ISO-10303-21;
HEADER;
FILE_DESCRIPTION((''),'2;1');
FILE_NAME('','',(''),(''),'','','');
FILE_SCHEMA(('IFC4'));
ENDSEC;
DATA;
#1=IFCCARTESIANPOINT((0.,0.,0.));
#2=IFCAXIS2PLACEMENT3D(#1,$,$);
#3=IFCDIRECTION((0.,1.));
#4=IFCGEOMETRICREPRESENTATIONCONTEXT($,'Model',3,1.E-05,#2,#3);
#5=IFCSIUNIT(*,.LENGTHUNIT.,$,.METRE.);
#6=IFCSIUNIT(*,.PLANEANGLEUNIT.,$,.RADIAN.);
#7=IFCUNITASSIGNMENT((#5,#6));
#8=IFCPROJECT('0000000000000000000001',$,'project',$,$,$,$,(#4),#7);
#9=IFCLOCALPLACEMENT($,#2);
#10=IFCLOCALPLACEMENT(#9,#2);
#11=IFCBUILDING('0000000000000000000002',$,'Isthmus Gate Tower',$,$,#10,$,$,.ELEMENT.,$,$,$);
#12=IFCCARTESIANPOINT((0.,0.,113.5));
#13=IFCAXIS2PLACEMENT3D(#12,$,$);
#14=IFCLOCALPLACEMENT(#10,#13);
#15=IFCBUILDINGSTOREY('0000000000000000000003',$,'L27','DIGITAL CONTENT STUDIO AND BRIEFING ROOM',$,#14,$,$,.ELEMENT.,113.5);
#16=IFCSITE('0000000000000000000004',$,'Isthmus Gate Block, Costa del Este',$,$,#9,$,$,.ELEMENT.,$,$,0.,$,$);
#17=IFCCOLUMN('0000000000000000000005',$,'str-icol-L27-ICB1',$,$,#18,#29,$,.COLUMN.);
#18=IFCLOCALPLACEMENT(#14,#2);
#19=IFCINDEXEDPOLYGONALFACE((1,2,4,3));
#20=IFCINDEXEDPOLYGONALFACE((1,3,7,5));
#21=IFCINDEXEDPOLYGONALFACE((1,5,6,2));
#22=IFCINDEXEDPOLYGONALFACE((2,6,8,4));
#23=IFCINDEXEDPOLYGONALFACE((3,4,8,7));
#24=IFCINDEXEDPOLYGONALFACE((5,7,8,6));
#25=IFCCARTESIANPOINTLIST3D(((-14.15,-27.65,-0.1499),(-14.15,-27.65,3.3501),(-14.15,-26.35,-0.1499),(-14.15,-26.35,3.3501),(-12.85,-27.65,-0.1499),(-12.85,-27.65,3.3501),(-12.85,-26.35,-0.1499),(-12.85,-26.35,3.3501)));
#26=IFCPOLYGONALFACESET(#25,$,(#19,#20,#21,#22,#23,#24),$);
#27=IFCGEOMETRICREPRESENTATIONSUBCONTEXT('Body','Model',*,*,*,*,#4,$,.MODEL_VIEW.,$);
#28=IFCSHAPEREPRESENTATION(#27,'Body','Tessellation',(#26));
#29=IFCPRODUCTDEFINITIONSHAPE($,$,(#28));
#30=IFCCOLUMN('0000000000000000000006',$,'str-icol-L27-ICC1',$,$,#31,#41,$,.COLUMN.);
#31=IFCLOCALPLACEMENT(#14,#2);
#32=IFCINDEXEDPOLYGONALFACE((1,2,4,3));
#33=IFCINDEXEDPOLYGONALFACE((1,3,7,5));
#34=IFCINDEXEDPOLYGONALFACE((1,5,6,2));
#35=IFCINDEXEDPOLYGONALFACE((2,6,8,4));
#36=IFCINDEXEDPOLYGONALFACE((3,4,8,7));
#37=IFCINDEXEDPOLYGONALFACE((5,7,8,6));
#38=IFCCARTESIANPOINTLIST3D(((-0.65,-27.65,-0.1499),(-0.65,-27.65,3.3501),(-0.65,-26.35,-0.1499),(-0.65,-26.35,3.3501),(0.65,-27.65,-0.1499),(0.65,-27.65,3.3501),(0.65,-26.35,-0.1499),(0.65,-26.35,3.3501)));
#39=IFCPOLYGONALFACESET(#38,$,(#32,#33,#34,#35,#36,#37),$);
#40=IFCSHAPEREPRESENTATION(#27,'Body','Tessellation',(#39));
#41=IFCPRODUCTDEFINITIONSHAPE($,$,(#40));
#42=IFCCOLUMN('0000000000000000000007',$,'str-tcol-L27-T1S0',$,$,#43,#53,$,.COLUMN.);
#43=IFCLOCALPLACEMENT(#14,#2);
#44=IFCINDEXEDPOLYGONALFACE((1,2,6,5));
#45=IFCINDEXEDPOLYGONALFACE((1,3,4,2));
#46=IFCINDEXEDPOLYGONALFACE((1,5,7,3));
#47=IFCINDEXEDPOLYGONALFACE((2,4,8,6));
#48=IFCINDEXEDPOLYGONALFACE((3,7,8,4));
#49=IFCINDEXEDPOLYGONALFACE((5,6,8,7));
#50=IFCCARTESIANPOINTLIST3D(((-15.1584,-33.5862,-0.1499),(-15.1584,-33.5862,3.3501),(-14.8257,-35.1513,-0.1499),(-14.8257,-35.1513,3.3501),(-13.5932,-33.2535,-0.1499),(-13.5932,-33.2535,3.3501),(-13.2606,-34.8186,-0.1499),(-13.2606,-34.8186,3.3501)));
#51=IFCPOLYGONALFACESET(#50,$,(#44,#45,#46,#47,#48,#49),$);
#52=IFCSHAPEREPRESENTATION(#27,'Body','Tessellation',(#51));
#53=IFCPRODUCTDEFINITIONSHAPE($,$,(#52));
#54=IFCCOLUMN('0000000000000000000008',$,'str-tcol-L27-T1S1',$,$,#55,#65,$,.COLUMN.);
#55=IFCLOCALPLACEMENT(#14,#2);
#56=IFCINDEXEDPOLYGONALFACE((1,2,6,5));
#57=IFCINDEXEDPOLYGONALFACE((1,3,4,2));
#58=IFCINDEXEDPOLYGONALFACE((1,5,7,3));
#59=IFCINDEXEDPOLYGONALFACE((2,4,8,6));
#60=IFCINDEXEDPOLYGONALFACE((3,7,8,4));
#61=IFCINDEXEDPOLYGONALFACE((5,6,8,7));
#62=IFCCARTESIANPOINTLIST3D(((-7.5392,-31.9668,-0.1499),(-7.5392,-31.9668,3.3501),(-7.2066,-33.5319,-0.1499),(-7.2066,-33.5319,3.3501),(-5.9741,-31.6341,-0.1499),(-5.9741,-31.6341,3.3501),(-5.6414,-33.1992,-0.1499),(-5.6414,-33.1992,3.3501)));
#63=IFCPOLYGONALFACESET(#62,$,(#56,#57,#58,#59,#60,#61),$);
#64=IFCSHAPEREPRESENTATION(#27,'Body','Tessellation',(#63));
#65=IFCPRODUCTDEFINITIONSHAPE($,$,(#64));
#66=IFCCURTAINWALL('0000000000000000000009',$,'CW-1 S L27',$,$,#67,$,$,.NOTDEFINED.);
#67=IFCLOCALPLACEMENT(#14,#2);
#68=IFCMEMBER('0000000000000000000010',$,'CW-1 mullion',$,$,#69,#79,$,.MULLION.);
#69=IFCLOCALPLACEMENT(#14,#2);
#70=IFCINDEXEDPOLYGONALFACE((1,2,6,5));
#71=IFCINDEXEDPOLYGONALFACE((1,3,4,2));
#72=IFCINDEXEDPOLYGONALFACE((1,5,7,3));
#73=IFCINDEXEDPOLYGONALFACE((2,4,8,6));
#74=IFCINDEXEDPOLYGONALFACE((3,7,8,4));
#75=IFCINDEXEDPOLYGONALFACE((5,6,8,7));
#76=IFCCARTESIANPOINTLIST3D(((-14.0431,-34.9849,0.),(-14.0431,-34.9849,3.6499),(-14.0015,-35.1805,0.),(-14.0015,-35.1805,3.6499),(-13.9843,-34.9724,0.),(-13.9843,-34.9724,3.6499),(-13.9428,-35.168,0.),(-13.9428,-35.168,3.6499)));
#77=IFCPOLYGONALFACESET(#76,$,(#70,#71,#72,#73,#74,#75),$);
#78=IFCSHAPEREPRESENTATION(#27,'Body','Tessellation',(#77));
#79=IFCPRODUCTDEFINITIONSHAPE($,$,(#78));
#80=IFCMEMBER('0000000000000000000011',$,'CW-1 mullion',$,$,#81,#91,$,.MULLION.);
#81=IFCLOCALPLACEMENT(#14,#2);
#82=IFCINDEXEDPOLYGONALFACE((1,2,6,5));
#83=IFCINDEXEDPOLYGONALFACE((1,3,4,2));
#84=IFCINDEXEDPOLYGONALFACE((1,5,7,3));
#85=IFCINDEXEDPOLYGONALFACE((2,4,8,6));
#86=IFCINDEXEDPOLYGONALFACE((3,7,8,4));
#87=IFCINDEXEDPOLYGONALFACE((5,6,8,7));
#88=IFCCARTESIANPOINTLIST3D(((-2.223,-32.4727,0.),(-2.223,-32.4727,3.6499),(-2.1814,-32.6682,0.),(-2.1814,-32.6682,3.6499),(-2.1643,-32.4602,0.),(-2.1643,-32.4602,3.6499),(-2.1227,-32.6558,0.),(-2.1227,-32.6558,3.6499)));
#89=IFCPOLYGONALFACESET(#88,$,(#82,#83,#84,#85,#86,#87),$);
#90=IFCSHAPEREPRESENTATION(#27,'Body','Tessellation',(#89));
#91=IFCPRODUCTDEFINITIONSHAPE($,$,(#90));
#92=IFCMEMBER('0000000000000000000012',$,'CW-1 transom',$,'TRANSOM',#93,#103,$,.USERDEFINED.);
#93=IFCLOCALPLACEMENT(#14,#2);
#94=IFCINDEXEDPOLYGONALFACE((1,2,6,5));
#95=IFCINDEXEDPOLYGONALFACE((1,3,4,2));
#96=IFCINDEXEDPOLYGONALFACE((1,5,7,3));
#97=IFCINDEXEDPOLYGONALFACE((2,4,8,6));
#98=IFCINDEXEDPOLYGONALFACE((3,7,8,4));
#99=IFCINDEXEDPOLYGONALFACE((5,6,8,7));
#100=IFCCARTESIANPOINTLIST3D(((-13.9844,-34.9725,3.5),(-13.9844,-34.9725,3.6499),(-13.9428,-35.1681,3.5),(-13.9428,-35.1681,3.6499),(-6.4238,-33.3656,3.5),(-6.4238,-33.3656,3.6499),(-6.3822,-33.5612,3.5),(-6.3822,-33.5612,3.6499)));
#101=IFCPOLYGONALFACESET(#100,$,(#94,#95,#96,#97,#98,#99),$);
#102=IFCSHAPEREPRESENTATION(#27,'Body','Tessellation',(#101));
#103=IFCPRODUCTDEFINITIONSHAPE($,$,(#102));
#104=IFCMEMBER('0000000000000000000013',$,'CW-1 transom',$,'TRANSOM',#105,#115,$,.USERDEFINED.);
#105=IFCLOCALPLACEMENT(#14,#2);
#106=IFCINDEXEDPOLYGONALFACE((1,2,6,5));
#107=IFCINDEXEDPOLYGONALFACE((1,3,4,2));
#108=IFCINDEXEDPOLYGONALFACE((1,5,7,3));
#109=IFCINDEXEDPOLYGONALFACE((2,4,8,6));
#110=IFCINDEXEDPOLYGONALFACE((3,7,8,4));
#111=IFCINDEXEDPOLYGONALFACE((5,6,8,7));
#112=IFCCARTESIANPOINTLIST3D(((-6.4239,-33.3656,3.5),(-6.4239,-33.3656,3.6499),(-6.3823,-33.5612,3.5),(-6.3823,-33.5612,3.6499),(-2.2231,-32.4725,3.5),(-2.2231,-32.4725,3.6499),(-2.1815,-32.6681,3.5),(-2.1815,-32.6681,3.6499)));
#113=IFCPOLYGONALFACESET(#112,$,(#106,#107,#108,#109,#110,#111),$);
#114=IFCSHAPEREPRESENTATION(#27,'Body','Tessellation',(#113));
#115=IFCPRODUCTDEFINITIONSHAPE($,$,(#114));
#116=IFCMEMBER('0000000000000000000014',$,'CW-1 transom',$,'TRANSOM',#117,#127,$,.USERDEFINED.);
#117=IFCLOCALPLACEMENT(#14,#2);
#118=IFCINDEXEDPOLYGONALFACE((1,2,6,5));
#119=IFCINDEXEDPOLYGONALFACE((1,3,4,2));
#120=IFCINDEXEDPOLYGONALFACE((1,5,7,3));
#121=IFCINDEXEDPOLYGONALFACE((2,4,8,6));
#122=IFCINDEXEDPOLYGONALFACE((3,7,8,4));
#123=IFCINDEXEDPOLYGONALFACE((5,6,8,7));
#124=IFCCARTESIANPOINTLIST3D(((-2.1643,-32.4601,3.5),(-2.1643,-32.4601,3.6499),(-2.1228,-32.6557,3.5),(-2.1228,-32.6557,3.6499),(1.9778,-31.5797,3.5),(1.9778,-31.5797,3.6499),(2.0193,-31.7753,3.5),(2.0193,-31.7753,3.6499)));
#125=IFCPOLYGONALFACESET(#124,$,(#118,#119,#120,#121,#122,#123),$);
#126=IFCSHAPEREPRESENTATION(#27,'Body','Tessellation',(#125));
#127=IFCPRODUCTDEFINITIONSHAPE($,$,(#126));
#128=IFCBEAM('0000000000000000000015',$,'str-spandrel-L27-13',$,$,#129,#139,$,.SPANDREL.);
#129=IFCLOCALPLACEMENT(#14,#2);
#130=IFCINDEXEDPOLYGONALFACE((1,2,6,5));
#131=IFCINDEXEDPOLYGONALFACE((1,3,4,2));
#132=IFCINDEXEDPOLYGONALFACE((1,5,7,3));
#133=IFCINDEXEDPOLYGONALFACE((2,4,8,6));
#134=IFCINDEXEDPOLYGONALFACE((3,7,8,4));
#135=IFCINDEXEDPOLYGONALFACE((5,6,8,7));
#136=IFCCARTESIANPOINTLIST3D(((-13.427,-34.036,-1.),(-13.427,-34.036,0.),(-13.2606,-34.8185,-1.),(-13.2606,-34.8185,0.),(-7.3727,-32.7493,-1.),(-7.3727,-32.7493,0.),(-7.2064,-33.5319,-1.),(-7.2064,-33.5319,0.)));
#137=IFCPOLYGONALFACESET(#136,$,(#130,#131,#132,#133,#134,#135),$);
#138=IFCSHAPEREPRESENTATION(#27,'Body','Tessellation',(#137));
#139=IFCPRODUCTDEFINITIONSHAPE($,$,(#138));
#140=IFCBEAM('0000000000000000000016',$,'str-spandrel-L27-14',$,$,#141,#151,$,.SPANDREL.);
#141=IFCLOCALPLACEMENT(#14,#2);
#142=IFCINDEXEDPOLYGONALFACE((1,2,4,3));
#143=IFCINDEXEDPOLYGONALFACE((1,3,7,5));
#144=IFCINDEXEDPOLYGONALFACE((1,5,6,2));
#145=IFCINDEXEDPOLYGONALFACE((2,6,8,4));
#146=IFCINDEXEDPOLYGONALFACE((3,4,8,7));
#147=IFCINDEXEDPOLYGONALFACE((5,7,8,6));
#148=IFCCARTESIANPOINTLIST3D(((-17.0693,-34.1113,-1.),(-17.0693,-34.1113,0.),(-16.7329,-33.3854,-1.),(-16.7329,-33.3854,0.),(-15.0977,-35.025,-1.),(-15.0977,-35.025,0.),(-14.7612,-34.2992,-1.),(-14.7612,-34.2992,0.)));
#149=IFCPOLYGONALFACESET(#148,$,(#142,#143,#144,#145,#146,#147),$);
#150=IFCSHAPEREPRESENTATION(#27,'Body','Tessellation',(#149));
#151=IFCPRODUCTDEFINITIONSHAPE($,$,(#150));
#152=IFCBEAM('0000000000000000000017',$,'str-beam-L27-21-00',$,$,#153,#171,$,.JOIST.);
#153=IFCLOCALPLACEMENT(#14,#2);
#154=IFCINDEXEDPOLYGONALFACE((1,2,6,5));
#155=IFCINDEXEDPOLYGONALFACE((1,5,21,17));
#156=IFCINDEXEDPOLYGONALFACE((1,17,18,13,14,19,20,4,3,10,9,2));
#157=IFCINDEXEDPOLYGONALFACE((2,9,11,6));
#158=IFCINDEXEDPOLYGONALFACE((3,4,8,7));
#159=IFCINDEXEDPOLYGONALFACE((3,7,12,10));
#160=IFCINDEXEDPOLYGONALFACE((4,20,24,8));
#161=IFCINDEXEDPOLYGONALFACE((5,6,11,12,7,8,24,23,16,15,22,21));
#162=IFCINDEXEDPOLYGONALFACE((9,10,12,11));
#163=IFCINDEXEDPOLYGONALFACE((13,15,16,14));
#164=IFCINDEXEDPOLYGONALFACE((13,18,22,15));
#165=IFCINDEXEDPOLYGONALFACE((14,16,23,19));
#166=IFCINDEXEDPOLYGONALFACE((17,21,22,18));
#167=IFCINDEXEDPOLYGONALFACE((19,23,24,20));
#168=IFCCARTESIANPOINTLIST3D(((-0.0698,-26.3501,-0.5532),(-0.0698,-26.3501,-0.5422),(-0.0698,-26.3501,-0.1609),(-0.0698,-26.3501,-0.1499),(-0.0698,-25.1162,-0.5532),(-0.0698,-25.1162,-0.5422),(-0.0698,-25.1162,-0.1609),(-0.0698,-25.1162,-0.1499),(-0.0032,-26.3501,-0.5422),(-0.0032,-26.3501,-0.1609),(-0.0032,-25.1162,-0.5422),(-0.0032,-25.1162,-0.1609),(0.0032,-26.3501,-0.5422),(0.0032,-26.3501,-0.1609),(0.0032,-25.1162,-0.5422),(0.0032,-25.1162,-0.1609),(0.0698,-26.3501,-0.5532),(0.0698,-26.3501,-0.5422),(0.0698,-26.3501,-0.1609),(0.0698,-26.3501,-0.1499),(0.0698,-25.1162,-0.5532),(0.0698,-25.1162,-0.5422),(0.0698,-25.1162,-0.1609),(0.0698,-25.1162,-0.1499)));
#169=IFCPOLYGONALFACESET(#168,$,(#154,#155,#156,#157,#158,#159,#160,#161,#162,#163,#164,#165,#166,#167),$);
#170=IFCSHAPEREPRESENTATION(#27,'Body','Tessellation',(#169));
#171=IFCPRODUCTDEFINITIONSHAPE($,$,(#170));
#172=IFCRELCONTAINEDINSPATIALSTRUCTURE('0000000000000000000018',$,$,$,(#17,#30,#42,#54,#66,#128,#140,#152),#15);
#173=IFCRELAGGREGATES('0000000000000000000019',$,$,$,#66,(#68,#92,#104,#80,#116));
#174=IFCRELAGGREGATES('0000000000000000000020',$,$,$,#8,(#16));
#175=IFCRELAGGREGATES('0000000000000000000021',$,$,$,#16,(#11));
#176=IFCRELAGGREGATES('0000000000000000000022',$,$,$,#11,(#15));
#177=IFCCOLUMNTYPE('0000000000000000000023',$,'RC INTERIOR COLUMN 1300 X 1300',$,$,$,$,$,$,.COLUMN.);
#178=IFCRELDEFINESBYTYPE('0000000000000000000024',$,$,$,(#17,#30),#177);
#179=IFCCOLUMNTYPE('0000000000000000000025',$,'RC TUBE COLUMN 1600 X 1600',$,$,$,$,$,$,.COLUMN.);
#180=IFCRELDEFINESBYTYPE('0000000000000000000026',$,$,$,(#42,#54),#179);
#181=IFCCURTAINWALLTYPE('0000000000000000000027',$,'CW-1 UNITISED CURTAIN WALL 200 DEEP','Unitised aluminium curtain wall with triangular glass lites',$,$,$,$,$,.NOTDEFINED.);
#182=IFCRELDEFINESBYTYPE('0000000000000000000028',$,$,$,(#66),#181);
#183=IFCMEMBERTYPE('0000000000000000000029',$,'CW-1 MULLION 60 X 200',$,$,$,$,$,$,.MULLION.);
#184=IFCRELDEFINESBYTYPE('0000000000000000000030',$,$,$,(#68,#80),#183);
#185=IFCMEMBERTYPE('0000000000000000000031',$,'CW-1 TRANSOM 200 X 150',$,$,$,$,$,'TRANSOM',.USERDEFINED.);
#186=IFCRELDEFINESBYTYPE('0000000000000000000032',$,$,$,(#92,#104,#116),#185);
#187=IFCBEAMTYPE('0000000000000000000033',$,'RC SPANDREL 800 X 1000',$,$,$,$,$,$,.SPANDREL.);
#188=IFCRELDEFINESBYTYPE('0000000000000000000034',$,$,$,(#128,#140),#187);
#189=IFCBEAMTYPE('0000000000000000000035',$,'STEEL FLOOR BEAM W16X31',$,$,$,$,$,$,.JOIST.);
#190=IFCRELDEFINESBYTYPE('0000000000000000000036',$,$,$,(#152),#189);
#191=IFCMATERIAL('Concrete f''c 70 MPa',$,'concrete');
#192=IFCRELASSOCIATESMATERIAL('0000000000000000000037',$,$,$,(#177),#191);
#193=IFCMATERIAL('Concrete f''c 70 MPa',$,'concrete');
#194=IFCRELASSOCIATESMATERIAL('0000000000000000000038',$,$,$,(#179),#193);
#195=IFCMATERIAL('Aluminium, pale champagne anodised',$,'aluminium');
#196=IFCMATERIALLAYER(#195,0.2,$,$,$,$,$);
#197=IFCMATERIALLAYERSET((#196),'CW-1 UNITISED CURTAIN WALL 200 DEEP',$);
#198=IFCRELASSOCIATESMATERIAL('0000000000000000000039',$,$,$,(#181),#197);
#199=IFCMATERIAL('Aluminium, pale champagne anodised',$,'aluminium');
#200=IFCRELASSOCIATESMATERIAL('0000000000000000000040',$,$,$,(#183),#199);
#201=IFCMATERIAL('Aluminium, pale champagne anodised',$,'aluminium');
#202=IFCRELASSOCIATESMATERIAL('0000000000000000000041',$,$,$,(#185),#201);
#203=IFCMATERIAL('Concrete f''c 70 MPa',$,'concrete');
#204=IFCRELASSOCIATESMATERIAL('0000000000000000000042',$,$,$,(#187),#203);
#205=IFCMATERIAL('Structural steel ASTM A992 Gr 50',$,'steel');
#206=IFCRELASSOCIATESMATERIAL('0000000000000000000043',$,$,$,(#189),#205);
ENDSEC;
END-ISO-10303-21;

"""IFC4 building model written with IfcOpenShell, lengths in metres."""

from ifc_helpers import new_model, si_unit, direction, frame, origin, origin_2d, place, context, subcontext, project, spatial, rectangle, i_section, extrude, material, layer, layer_set, material_profile, profile_set, type_object, element, aggregate, save


model = new_model("IFC4")

# Units and contexts
model_context = context("Model", 3, precision=1e-05, world=origin(), true_north=direction((0.0, 1.0)))
body_context = subcontext(model_context, "Body", "Model", "MODEL_VIEW")
ifc_project = project(units=[si_unit("LENGTHUNIT", "METRE"), si_unit("PLANEANGLEUNIT", "RADIAN")], contexts=[model_context])

# Site, building, storey
site_placement = place(None, origin())
site = spatial("IfcSite", under=ifc_project, at=site_placement, Name="Isthmus Gate Block, Costa del Este", CompositionType="ELEMENT", RefElevation=0.0)
building_placement = place(site_placement, origin())
building = spatial("IfcBuilding", under=site, at=building_placement, Name="Isthmus Gate Tower", CompositionType="ELEMENT")
storey_placement = place(building_placement, frame((0.0, 0.0, 113.5)))
storey = spatial("IfcBuildingStorey", under=building, at=storey_placement, Name="L27", Description="DIGITAL CONTENT STUDIO AND BRIEFING ROOM", CompositionType="ELEMENT", Elevation=113.5)

# Columns
ifc_material_1 = material(Name="Concrete f'c 70 MPa", Category="concrete")
ifc_material_profile_1 = material_profile(ifc_material_1, rectangle(XDim=1.3, YDim=1.3, at=origin_2d()), Name="RC 1300X1300")
ifc_profile_set_1 = profile_set([ifc_material_profile_1], Name="Concrete f'c 70 MPa")
column_type_1 = type_object("IfcColumnType", Name="RC INTERIOR COLUMN 1300 X 1300", PredefinedType="COLUMN", material=ifc_profile_set_1)
for number, where, z_axis, x_axis, name in (
    (1, (-13.5, -27.0, -0.1499), (0.0, 0.0, 1.0), (1.0, 0.0, 0.0), "str-icol-L27-ICB1"),
    (2, (0.0, -27.0, -0.1499), (0.0, 0.0, 1.0), (1.0, 0.0, 0.0), "str-icol-L27-ICC1"),
):
    element("IfcColumn", number, at=place(storey_placement, frame(where, z_axis=z_axis, x_axis=x_axis)), inside=storey, type_object=column_type_1, Name=name, PredefinedType="COLUMN", context=body_context, shape_type="SweptSolid", body=[
        extrude(rectangle(XDim=1.3, YDim=1.3, at=origin_2d()), origin(), (0.0, 0.0, 1.0), 3.5),
    ])
ifc_material_2 = material(Name="Concrete f'c 70 MPa", Category="concrete")
ifc_material_profile_2 = material_profile(ifc_material_2, rectangle(XDim=1.6001, YDim=1.6001, at=origin_2d()), Name="RC 1600X1600")
ifc_profile_set_2 = profile_set([ifc_material_profile_2], Name="Concrete f'c 70 MPa")
column_type_2 = type_object("IfcColumnType", Name="RC TUBE COLUMN 1600 X 1600", PredefinedType="COLUMN", material=ifc_profile_set_2)
for number, where, z_axis, x_axis, name in (
    (3, (-14.2095, -34.2024, -0.1499), (0.0, 0.0, 1.0), (0.978148, 0.207912, 0.0), "str-tcol-L27-T1S0"),
    (4, (-6.5903, -32.583, -0.1499), (0.0, 0.0, 1.0), (0.978148, 0.207912, 0.0), "str-tcol-L27-T1S1"),
):
    element("IfcColumn", number, at=place(storey_placement, frame(where, z_axis=z_axis, x_axis=x_axis)), inside=storey, type_object=column_type_2, Name=name, PredefinedType="COLUMN", context=body_context, shape_type="SweptSolid", body=[
        extrude(rectangle(XDim=1.6001, YDim=1.6001, at=origin_2d()), origin(), (0.0, 0.0, 1.0), 3.5),
    ])

# Curtain wall, members
ifc_material_3 = material(Name="Aluminium, pale champagne anodised", Category="aluminium")
ifc_layer_1 = layer(ifc_material_3, 0.2)
ifc_layer_set_1 = layer_set([ifc_layer_1], Name="CW-1 UNITISED CURTAIN WALL 200 DEEP")
curtain_wall_type_1 = type_object("IfcCurtainWallType", Name="CW-1 UNITISED CURTAIN WALL 200 DEEP", Description="Unitised aluminium curtain wall with triangular glass lites", PredefinedType="NOTDEFINED", material=ifc_layer_set_1)
curtain_wall_1_placement = place(storey_placement, origin())
curtain_wall_1 = element("IfcCurtainWall", 5, at=curtain_wall_1_placement, inside=storey, type_object=curtain_wall_type_1, Name="CW-1 S L27", PredefinedType="NOTDEFINED")
ifc_material_4 = material(Name="Aluminium, pale champagne anodised", Category="aluminium")
ifc_material_profile_3 = material_profile(ifc_material_4, rectangle(XDim=0.0601, YDim=0.2, at=origin_2d()), Name="60x200")
ifc_profile_set_3 = profile_set([ifc_material_profile_3], Name="Aluminium, pale champagne anodised")
member_type_1 = type_object("IfcMemberType", Name="CW-1 MULLION 60 X 200", PredefinedType="MULLION", material=ifc_profile_set_3)
member_1_placement = place(storey_placement, frame((-13.9929, -35.0764, 0.0), z_axis=(0.0, 0.0, 1.0), x_axis=(0.978148, 0.207912, 0.0)))
member_1 = element("IfcMember", 6, at=member_1_placement, type_object=member_type_1, Name="CW-1 mullion", PredefinedType="MULLION", context=body_context, shape_type="SweptSolid", body=[
    extrude(rectangle(XDim=0.0601, YDim=0.2, at=origin_2d()), origin(), (0.0, 0.0, 1.0), 3.6499),
])
member_2_placement = place(storey_placement, frame((-2.1729, -32.5642, 0.0), z_axis=(0.0, 0.0, 1.0), x_axis=(0.978148, 0.207912, 0.0)))
member_2 = element("IfcMember", 7, at=member_2_placement, type_object=member_type_1, Name="CW-1 mullion", PredefinedType="MULLION", context=body_context, shape_type="SweptSolid", body=[
    extrude(rectangle(XDim=0.0601, YDim=0.2, at=origin_2d()), origin(), (0.0, 0.0, 1.0), 3.6499),
])
ifc_material_5 = material(Name="Aluminium, pale champagne anodised", Category="aluminium")
ifc_material_profile_4 = material_profile(ifc_material_5, rectangle(XDim=0.2, YDim=0.1499, at=origin_2d()), Name="200x150")
ifc_profile_set_4 = profile_set([ifc_material_profile_4], Name="Aluminium, pale champagne anodised")
member_type_2 = type_object("IfcMemberType", Name="CW-1 TRANSOM 200 X 150", ElementType="TRANSOM", PredefinedType="USERDEFINED", material=ifc_profile_set_4)
member_3_placement = place(storey_placement, frame((-13.9636, -35.0703, 3.575), z_axis=(0.978151, 0.207898, 0.0), x_axis=(-0.207898, 0.978151, 0.0)))
member_3 = element("IfcMember", 8, at=member_3_placement, type_object=member_type_2, Name="CW-1 transom", ObjectType="TRANSOM", PredefinedType="USERDEFINED", context=body_context, shape_type="SweptSolid", body=[
    extrude(rectangle(XDim=0.2, YDim=0.1499, at=origin_2d()), origin(), (0.0, 0.0, 1.0), 7.7295),
])
member_4_placement = place(storey_placement, frame((-6.4031, -33.4634, 3.575), z_axis=(0.978139, 0.207953, 0.0), x_axis=(-0.207953, 0.978139, 0.0)))
member_4 = element("IfcMember", 9, at=member_4_placement, type_object=member_type_2, Name="CW-1 transom", ObjectType="TRANSOM", PredefinedType="USERDEFINED", context=body_context, shape_type="SweptSolid", body=[
    extrude(rectangle(XDim=0.2, YDim=0.1499, at=origin_2d()), origin(), (0.0, 0.0, 1.0), 4.2947),
])
member_5_placement = place(storey_placement, frame((-2.1436, -32.5579, 3.575), z_axis=(0.97815, 0.207899, 0.0), x_axis=(-0.207899, 0.97815, 0.0)))
member_5 = element("IfcMember", 10, at=member_5_placement, type_object=member_type_2, Name="CW-1 transom", ObjectType="TRANSOM", PredefinedType="USERDEFINED", context=body_context, shape_type="SweptSolid", body=[
    extrude(rectangle(XDim=0.2, YDim=0.1499, at=origin_2d()), origin(), (0.0, 0.0, 1.0), 4.2346),
])

# Beams
ifc_material_6 = material(Name="Concrete f'c 70 MPa", Category="concrete")
ifc_material_profile_5 = material_profile(ifc_material_6, rectangle(XDim=0.8, YDim=1.0, at=origin_2d()), Name="RC 800X1000")
ifc_profile_set_5 = profile_set([ifc_material_profile_5], Name="Concrete f'c 70 MPa")
beam_type_1 = type_object("IfcBeamType", Name="RC SPANDREL 800 X 1000", PredefinedType="SPANDREL", material=ifc_profile_set_5)
beam_1_placement = place(storey_placement, frame((-7.2896, -33.1406, -0.5), z_axis=(-0.978155, -0.207875, 0.0), x_axis=(0.207875, -0.978155, 0.0)))
element("IfcBeam", 11, at=beam_1_placement, inside=storey, type_object=beam_type_1, Name="str-spandrel-L27-13", PredefinedType="SPANDREL", context=body_context, shape_type="SweptSolid", body=[
    extrude(rectangle(XDim=0.8, YDim=1.0, at=origin_2d()), origin(), (0.0, 0.0, 1.0), 6.1895),
])
beam_2_placement = place(storey_placement, frame((-14.9294, -34.6621, -0.5), z_axis=(-0.907291, 0.420504, 0.0), x_axis=(-0.420504, -0.907291, 0.0)))
element("IfcBeam", 12, at=beam_2_placement, inside=storey, type_object=beam_type_1, Name="str-spandrel-L27-14", PredefinedType="SPANDREL", context=body_context, shape_type="SweptSolid", body=[
    extrude(rectangle(XDim=0.8, YDim=1.0, at=origin_2d()), origin(), (0.0, 0.0, 1.0), 2.1731),
])
ifc_material_7 = material(Name="Structural steel ASTM A992 Gr 50", Category="steel")
ifc_material_profile_6 = material_profile(ifc_material_7, i_section(OverallWidth=0.1396, OverallDepth=0.4033, WebThickness=0.0063, FlangeThickness=0.011, at=origin_2d()), Name="W16X31")
ifc_profile_set_6 = profile_set([ifc_material_profile_6], Name="Structural steel ASTM A992 Gr 50")
beam_type_2 = type_object("IfcBeamType", Name="STEEL FLOOR BEAM W16X31", PredefinedType="JOIST", material=ifc_profile_set_6)
beam_3_placement = place(storey_placement, frame((0.0, -26.3501, -0.3516), z_axis=(0.0, 1.0, 0.0), x_axis=(-1.0, 0.0, 0.0)))
element("IfcBeam", 13, at=beam_3_placement, inside=storey, type_object=beam_type_2, Name="str-beam-L27-21-00", PredefinedType="JOIST", context=body_context, shape_type="SweptSolid", body=[
    extrude(i_section(OverallWidth=0.1396, OverallDepth=0.4033, WebThickness=0.0063, FlangeThickness=0.011, at=origin_2d()), origin(), (0.0, 0.0, 1.0), 1.2339),
])

aggregate(curtain_wall_1, [member_1, member_3, member_4, member_2, member_5])

save(model, "model.ifc")
